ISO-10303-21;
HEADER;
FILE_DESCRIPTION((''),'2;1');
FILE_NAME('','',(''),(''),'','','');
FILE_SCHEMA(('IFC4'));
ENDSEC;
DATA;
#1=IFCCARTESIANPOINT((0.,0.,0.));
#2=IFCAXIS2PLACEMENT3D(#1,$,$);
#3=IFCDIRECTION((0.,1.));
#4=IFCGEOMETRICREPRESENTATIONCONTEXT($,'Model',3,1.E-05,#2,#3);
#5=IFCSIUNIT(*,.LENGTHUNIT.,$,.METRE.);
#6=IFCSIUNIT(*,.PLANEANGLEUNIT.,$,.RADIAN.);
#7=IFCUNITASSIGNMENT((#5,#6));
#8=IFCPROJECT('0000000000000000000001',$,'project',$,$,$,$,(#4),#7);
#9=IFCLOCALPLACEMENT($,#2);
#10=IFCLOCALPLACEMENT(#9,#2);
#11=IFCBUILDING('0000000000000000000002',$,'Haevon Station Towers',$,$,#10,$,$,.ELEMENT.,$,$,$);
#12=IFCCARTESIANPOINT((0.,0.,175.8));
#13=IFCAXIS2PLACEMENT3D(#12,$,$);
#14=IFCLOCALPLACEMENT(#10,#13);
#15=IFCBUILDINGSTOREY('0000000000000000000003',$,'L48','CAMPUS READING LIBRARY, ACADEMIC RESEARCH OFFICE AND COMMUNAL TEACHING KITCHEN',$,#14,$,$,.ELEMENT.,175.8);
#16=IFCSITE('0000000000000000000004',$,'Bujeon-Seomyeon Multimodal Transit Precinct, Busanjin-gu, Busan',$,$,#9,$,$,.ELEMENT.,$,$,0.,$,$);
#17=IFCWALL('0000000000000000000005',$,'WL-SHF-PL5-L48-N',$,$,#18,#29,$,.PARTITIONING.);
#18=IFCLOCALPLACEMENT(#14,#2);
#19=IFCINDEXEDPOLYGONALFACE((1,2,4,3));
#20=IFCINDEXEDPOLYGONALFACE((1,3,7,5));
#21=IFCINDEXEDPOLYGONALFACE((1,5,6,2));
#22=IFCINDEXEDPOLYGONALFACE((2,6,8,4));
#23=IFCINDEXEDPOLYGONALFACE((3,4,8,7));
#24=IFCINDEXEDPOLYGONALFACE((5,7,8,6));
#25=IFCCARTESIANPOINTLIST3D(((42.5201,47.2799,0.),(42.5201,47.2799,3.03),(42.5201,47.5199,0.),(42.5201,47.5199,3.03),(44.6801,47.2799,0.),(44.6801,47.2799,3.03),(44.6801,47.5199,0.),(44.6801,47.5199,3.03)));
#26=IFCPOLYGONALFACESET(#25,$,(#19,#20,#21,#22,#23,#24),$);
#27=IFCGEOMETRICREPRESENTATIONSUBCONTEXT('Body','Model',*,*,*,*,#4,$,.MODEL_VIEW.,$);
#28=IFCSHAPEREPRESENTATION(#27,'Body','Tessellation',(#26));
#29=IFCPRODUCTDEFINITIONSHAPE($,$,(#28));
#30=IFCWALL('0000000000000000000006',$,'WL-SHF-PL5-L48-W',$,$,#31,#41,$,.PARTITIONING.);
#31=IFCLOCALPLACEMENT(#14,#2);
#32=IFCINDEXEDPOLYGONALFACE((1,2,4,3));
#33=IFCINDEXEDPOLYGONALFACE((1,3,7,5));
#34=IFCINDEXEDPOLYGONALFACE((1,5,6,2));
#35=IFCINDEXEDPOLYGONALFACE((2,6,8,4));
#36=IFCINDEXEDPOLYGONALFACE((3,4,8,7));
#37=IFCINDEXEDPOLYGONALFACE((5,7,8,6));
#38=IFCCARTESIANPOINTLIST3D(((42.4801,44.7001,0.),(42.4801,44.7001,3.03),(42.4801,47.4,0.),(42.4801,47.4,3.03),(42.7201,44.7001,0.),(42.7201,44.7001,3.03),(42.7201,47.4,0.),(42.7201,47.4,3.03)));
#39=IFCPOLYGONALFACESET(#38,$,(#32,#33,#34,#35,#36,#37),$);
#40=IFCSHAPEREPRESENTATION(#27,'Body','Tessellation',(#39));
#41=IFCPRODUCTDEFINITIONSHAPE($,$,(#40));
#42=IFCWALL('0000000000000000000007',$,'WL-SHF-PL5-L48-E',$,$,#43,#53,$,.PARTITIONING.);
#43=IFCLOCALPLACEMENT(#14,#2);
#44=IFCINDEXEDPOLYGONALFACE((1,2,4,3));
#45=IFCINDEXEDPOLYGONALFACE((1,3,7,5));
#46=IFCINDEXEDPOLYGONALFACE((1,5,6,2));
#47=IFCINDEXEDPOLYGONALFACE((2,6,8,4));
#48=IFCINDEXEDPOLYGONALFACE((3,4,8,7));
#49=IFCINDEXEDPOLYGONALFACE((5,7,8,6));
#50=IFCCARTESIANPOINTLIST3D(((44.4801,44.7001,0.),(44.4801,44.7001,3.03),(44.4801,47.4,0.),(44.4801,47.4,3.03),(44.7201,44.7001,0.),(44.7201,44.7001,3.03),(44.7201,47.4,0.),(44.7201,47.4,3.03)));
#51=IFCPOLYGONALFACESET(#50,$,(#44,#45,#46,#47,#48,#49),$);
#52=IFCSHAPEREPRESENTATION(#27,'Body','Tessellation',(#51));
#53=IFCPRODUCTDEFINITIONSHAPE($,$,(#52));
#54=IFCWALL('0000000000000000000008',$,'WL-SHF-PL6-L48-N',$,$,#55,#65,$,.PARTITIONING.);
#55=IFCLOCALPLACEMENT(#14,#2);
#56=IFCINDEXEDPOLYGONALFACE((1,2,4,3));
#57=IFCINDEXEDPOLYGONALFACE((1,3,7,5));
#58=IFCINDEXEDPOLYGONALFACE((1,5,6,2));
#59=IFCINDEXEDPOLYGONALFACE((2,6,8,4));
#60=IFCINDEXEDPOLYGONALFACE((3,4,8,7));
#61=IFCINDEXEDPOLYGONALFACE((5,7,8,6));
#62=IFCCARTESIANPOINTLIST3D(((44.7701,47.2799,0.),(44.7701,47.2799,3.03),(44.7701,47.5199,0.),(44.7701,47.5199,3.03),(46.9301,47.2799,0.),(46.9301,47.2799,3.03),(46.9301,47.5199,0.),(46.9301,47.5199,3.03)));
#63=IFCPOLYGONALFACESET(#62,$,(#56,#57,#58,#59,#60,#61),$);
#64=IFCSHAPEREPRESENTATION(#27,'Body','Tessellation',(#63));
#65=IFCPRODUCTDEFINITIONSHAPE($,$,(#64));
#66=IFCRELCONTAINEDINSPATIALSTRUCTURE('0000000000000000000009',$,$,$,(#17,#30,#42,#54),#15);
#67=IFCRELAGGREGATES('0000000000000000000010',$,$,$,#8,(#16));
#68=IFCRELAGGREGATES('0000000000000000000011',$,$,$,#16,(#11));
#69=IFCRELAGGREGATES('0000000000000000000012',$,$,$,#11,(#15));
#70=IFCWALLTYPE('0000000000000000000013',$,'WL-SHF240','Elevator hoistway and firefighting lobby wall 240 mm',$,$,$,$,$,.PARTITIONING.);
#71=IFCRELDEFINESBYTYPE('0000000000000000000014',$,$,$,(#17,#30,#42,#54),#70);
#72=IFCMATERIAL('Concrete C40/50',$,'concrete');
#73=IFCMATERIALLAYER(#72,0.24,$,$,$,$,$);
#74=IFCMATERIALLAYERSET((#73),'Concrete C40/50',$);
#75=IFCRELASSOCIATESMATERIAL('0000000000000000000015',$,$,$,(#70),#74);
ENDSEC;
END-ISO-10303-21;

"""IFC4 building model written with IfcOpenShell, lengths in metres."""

from ifc_helpers import new_model, si_unit, direction, frame, frame_2d, origin, place, context, subcontext, project, spatial, rectangle, extrude, material, layer, layer_set, type_object, element, save


model = new_model("IFC4")

# Units and contexts
model_context = context("Model", 3, precision=1e-05, world=origin(), true_north=direction((0.0, 1.0)))
body_context = subcontext(model_context, "Body", "Model", "MODEL_VIEW")
ifc_project = project(units=[si_unit("LENGTHUNIT", "METRE"), si_unit("PLANEANGLEUNIT", "RADIAN")], contexts=[model_context])

# Site, building, storey
site_placement = place(None, origin())
site = spatial("IfcSite", under=ifc_project, at=site_placement, Name="Bujeon-Seomyeon Multimodal Transit Precinct, Busanjin-gu, Busan", CompositionType="ELEMENT", RefElevation=0.0)
building_placement = place(site_placement, origin())
building = spatial("IfcBuilding", under=site, at=building_placement, Name="Haevon Station Towers", CompositionType="ELEMENT")
storey_placement = place(building_placement, frame((0.0, 0.0, 175.8)))
storey = spatial("IfcBuildingStorey", under=building, at=storey_placement, Name="L48", Description="CAMPUS READING LIBRARY, ACADEMIC RESEARCH OFFICE AND COMMUNAL TEACHING KITCHEN", CompositionType="ELEMENT", Elevation=175.8)

# Shared definitions
ifc_material_1 = material(Name="Concrete C40/50", Category="concrete")
ifc_layer_1 = layer(ifc_material_1, 0.24)
ifc_layer_set_1 = layer_set([ifc_layer_1], Name="Concrete C40/50")
wall_type_1 = type_object("IfcWallType", Name="WL-SHF240", Description="Elevator hoistway and firefighting lobby wall 240 mm", PredefinedType="PARTITIONING", material=ifc_layer_set_1)

# Walls
wall_1_placement = place(storey_placement, frame((42.52, 47.3999, 0.0), z_axis=(0.0, 0.0, 1.0), x_axis=(1.0, 0.0, 0.0)))
element("IfcWall", 1, at=wall_1_placement, inside=storey, type_object=wall_type_1, Name="WL-SHF-PL5-L48-N", PredefinedType="PARTITIONING", context=body_context, shape_type="SweptSolid", body=[
    extrude(rectangle(XDim=2.1599, YDim=0.24, at=frame_2d((1.0801, 0.0))), origin(), (0.0, 0.0, 1.0), 3.03),
])
for number, where, z_axis, x_axis, name in (
    (2, (42.6001, 44.7, 0.0), (0.0, 0.0, 1.0), (0.0, 1.0, 0.0), "WL-SHF-PL5-L48-W"),
    (3, (44.6001, 44.7, 0.0), (0.0, 0.0, 1.0), (0.0, 1.0, 0.0), "WL-SHF-PL5-L48-E"),
):
    element("IfcWall", number, at=place(storey_placement, frame(where, z_axis=z_axis, x_axis=x_axis)), inside=storey, type_object=wall_type_1, Name=name, PredefinedType="PARTITIONING", context=body_context, shape_type="SweptSolid", body=[
        extrude(rectangle(XDim=2.7, YDim=0.24, at=frame_2d((1.3501, 0.0))), origin(), (0.0, 0.0, 1.0), 3.03),
    ])

# Wall
wall_2_placement = place(storey_placement, frame((44.77, 47.3999, 0.0), z_axis=(0.0, 0.0, 1.0), x_axis=(1.0, 0.0, 0.0)))
element("IfcWall", 4, at=wall_2_placement, inside=storey, type_object=wall_type_1, Name="WL-SHF-PL6-L48-N", PredefinedType="PARTITIONING", context=body_context, shape_type="SweptSolid", body=[
    extrude(rectangle(XDim=2.1599, YDim=0.24, at=frame_2d((1.0801, 0.0))), origin(), (0.0, 0.0, 1.0), 3.03),
])

save(model, "model.ifc")
